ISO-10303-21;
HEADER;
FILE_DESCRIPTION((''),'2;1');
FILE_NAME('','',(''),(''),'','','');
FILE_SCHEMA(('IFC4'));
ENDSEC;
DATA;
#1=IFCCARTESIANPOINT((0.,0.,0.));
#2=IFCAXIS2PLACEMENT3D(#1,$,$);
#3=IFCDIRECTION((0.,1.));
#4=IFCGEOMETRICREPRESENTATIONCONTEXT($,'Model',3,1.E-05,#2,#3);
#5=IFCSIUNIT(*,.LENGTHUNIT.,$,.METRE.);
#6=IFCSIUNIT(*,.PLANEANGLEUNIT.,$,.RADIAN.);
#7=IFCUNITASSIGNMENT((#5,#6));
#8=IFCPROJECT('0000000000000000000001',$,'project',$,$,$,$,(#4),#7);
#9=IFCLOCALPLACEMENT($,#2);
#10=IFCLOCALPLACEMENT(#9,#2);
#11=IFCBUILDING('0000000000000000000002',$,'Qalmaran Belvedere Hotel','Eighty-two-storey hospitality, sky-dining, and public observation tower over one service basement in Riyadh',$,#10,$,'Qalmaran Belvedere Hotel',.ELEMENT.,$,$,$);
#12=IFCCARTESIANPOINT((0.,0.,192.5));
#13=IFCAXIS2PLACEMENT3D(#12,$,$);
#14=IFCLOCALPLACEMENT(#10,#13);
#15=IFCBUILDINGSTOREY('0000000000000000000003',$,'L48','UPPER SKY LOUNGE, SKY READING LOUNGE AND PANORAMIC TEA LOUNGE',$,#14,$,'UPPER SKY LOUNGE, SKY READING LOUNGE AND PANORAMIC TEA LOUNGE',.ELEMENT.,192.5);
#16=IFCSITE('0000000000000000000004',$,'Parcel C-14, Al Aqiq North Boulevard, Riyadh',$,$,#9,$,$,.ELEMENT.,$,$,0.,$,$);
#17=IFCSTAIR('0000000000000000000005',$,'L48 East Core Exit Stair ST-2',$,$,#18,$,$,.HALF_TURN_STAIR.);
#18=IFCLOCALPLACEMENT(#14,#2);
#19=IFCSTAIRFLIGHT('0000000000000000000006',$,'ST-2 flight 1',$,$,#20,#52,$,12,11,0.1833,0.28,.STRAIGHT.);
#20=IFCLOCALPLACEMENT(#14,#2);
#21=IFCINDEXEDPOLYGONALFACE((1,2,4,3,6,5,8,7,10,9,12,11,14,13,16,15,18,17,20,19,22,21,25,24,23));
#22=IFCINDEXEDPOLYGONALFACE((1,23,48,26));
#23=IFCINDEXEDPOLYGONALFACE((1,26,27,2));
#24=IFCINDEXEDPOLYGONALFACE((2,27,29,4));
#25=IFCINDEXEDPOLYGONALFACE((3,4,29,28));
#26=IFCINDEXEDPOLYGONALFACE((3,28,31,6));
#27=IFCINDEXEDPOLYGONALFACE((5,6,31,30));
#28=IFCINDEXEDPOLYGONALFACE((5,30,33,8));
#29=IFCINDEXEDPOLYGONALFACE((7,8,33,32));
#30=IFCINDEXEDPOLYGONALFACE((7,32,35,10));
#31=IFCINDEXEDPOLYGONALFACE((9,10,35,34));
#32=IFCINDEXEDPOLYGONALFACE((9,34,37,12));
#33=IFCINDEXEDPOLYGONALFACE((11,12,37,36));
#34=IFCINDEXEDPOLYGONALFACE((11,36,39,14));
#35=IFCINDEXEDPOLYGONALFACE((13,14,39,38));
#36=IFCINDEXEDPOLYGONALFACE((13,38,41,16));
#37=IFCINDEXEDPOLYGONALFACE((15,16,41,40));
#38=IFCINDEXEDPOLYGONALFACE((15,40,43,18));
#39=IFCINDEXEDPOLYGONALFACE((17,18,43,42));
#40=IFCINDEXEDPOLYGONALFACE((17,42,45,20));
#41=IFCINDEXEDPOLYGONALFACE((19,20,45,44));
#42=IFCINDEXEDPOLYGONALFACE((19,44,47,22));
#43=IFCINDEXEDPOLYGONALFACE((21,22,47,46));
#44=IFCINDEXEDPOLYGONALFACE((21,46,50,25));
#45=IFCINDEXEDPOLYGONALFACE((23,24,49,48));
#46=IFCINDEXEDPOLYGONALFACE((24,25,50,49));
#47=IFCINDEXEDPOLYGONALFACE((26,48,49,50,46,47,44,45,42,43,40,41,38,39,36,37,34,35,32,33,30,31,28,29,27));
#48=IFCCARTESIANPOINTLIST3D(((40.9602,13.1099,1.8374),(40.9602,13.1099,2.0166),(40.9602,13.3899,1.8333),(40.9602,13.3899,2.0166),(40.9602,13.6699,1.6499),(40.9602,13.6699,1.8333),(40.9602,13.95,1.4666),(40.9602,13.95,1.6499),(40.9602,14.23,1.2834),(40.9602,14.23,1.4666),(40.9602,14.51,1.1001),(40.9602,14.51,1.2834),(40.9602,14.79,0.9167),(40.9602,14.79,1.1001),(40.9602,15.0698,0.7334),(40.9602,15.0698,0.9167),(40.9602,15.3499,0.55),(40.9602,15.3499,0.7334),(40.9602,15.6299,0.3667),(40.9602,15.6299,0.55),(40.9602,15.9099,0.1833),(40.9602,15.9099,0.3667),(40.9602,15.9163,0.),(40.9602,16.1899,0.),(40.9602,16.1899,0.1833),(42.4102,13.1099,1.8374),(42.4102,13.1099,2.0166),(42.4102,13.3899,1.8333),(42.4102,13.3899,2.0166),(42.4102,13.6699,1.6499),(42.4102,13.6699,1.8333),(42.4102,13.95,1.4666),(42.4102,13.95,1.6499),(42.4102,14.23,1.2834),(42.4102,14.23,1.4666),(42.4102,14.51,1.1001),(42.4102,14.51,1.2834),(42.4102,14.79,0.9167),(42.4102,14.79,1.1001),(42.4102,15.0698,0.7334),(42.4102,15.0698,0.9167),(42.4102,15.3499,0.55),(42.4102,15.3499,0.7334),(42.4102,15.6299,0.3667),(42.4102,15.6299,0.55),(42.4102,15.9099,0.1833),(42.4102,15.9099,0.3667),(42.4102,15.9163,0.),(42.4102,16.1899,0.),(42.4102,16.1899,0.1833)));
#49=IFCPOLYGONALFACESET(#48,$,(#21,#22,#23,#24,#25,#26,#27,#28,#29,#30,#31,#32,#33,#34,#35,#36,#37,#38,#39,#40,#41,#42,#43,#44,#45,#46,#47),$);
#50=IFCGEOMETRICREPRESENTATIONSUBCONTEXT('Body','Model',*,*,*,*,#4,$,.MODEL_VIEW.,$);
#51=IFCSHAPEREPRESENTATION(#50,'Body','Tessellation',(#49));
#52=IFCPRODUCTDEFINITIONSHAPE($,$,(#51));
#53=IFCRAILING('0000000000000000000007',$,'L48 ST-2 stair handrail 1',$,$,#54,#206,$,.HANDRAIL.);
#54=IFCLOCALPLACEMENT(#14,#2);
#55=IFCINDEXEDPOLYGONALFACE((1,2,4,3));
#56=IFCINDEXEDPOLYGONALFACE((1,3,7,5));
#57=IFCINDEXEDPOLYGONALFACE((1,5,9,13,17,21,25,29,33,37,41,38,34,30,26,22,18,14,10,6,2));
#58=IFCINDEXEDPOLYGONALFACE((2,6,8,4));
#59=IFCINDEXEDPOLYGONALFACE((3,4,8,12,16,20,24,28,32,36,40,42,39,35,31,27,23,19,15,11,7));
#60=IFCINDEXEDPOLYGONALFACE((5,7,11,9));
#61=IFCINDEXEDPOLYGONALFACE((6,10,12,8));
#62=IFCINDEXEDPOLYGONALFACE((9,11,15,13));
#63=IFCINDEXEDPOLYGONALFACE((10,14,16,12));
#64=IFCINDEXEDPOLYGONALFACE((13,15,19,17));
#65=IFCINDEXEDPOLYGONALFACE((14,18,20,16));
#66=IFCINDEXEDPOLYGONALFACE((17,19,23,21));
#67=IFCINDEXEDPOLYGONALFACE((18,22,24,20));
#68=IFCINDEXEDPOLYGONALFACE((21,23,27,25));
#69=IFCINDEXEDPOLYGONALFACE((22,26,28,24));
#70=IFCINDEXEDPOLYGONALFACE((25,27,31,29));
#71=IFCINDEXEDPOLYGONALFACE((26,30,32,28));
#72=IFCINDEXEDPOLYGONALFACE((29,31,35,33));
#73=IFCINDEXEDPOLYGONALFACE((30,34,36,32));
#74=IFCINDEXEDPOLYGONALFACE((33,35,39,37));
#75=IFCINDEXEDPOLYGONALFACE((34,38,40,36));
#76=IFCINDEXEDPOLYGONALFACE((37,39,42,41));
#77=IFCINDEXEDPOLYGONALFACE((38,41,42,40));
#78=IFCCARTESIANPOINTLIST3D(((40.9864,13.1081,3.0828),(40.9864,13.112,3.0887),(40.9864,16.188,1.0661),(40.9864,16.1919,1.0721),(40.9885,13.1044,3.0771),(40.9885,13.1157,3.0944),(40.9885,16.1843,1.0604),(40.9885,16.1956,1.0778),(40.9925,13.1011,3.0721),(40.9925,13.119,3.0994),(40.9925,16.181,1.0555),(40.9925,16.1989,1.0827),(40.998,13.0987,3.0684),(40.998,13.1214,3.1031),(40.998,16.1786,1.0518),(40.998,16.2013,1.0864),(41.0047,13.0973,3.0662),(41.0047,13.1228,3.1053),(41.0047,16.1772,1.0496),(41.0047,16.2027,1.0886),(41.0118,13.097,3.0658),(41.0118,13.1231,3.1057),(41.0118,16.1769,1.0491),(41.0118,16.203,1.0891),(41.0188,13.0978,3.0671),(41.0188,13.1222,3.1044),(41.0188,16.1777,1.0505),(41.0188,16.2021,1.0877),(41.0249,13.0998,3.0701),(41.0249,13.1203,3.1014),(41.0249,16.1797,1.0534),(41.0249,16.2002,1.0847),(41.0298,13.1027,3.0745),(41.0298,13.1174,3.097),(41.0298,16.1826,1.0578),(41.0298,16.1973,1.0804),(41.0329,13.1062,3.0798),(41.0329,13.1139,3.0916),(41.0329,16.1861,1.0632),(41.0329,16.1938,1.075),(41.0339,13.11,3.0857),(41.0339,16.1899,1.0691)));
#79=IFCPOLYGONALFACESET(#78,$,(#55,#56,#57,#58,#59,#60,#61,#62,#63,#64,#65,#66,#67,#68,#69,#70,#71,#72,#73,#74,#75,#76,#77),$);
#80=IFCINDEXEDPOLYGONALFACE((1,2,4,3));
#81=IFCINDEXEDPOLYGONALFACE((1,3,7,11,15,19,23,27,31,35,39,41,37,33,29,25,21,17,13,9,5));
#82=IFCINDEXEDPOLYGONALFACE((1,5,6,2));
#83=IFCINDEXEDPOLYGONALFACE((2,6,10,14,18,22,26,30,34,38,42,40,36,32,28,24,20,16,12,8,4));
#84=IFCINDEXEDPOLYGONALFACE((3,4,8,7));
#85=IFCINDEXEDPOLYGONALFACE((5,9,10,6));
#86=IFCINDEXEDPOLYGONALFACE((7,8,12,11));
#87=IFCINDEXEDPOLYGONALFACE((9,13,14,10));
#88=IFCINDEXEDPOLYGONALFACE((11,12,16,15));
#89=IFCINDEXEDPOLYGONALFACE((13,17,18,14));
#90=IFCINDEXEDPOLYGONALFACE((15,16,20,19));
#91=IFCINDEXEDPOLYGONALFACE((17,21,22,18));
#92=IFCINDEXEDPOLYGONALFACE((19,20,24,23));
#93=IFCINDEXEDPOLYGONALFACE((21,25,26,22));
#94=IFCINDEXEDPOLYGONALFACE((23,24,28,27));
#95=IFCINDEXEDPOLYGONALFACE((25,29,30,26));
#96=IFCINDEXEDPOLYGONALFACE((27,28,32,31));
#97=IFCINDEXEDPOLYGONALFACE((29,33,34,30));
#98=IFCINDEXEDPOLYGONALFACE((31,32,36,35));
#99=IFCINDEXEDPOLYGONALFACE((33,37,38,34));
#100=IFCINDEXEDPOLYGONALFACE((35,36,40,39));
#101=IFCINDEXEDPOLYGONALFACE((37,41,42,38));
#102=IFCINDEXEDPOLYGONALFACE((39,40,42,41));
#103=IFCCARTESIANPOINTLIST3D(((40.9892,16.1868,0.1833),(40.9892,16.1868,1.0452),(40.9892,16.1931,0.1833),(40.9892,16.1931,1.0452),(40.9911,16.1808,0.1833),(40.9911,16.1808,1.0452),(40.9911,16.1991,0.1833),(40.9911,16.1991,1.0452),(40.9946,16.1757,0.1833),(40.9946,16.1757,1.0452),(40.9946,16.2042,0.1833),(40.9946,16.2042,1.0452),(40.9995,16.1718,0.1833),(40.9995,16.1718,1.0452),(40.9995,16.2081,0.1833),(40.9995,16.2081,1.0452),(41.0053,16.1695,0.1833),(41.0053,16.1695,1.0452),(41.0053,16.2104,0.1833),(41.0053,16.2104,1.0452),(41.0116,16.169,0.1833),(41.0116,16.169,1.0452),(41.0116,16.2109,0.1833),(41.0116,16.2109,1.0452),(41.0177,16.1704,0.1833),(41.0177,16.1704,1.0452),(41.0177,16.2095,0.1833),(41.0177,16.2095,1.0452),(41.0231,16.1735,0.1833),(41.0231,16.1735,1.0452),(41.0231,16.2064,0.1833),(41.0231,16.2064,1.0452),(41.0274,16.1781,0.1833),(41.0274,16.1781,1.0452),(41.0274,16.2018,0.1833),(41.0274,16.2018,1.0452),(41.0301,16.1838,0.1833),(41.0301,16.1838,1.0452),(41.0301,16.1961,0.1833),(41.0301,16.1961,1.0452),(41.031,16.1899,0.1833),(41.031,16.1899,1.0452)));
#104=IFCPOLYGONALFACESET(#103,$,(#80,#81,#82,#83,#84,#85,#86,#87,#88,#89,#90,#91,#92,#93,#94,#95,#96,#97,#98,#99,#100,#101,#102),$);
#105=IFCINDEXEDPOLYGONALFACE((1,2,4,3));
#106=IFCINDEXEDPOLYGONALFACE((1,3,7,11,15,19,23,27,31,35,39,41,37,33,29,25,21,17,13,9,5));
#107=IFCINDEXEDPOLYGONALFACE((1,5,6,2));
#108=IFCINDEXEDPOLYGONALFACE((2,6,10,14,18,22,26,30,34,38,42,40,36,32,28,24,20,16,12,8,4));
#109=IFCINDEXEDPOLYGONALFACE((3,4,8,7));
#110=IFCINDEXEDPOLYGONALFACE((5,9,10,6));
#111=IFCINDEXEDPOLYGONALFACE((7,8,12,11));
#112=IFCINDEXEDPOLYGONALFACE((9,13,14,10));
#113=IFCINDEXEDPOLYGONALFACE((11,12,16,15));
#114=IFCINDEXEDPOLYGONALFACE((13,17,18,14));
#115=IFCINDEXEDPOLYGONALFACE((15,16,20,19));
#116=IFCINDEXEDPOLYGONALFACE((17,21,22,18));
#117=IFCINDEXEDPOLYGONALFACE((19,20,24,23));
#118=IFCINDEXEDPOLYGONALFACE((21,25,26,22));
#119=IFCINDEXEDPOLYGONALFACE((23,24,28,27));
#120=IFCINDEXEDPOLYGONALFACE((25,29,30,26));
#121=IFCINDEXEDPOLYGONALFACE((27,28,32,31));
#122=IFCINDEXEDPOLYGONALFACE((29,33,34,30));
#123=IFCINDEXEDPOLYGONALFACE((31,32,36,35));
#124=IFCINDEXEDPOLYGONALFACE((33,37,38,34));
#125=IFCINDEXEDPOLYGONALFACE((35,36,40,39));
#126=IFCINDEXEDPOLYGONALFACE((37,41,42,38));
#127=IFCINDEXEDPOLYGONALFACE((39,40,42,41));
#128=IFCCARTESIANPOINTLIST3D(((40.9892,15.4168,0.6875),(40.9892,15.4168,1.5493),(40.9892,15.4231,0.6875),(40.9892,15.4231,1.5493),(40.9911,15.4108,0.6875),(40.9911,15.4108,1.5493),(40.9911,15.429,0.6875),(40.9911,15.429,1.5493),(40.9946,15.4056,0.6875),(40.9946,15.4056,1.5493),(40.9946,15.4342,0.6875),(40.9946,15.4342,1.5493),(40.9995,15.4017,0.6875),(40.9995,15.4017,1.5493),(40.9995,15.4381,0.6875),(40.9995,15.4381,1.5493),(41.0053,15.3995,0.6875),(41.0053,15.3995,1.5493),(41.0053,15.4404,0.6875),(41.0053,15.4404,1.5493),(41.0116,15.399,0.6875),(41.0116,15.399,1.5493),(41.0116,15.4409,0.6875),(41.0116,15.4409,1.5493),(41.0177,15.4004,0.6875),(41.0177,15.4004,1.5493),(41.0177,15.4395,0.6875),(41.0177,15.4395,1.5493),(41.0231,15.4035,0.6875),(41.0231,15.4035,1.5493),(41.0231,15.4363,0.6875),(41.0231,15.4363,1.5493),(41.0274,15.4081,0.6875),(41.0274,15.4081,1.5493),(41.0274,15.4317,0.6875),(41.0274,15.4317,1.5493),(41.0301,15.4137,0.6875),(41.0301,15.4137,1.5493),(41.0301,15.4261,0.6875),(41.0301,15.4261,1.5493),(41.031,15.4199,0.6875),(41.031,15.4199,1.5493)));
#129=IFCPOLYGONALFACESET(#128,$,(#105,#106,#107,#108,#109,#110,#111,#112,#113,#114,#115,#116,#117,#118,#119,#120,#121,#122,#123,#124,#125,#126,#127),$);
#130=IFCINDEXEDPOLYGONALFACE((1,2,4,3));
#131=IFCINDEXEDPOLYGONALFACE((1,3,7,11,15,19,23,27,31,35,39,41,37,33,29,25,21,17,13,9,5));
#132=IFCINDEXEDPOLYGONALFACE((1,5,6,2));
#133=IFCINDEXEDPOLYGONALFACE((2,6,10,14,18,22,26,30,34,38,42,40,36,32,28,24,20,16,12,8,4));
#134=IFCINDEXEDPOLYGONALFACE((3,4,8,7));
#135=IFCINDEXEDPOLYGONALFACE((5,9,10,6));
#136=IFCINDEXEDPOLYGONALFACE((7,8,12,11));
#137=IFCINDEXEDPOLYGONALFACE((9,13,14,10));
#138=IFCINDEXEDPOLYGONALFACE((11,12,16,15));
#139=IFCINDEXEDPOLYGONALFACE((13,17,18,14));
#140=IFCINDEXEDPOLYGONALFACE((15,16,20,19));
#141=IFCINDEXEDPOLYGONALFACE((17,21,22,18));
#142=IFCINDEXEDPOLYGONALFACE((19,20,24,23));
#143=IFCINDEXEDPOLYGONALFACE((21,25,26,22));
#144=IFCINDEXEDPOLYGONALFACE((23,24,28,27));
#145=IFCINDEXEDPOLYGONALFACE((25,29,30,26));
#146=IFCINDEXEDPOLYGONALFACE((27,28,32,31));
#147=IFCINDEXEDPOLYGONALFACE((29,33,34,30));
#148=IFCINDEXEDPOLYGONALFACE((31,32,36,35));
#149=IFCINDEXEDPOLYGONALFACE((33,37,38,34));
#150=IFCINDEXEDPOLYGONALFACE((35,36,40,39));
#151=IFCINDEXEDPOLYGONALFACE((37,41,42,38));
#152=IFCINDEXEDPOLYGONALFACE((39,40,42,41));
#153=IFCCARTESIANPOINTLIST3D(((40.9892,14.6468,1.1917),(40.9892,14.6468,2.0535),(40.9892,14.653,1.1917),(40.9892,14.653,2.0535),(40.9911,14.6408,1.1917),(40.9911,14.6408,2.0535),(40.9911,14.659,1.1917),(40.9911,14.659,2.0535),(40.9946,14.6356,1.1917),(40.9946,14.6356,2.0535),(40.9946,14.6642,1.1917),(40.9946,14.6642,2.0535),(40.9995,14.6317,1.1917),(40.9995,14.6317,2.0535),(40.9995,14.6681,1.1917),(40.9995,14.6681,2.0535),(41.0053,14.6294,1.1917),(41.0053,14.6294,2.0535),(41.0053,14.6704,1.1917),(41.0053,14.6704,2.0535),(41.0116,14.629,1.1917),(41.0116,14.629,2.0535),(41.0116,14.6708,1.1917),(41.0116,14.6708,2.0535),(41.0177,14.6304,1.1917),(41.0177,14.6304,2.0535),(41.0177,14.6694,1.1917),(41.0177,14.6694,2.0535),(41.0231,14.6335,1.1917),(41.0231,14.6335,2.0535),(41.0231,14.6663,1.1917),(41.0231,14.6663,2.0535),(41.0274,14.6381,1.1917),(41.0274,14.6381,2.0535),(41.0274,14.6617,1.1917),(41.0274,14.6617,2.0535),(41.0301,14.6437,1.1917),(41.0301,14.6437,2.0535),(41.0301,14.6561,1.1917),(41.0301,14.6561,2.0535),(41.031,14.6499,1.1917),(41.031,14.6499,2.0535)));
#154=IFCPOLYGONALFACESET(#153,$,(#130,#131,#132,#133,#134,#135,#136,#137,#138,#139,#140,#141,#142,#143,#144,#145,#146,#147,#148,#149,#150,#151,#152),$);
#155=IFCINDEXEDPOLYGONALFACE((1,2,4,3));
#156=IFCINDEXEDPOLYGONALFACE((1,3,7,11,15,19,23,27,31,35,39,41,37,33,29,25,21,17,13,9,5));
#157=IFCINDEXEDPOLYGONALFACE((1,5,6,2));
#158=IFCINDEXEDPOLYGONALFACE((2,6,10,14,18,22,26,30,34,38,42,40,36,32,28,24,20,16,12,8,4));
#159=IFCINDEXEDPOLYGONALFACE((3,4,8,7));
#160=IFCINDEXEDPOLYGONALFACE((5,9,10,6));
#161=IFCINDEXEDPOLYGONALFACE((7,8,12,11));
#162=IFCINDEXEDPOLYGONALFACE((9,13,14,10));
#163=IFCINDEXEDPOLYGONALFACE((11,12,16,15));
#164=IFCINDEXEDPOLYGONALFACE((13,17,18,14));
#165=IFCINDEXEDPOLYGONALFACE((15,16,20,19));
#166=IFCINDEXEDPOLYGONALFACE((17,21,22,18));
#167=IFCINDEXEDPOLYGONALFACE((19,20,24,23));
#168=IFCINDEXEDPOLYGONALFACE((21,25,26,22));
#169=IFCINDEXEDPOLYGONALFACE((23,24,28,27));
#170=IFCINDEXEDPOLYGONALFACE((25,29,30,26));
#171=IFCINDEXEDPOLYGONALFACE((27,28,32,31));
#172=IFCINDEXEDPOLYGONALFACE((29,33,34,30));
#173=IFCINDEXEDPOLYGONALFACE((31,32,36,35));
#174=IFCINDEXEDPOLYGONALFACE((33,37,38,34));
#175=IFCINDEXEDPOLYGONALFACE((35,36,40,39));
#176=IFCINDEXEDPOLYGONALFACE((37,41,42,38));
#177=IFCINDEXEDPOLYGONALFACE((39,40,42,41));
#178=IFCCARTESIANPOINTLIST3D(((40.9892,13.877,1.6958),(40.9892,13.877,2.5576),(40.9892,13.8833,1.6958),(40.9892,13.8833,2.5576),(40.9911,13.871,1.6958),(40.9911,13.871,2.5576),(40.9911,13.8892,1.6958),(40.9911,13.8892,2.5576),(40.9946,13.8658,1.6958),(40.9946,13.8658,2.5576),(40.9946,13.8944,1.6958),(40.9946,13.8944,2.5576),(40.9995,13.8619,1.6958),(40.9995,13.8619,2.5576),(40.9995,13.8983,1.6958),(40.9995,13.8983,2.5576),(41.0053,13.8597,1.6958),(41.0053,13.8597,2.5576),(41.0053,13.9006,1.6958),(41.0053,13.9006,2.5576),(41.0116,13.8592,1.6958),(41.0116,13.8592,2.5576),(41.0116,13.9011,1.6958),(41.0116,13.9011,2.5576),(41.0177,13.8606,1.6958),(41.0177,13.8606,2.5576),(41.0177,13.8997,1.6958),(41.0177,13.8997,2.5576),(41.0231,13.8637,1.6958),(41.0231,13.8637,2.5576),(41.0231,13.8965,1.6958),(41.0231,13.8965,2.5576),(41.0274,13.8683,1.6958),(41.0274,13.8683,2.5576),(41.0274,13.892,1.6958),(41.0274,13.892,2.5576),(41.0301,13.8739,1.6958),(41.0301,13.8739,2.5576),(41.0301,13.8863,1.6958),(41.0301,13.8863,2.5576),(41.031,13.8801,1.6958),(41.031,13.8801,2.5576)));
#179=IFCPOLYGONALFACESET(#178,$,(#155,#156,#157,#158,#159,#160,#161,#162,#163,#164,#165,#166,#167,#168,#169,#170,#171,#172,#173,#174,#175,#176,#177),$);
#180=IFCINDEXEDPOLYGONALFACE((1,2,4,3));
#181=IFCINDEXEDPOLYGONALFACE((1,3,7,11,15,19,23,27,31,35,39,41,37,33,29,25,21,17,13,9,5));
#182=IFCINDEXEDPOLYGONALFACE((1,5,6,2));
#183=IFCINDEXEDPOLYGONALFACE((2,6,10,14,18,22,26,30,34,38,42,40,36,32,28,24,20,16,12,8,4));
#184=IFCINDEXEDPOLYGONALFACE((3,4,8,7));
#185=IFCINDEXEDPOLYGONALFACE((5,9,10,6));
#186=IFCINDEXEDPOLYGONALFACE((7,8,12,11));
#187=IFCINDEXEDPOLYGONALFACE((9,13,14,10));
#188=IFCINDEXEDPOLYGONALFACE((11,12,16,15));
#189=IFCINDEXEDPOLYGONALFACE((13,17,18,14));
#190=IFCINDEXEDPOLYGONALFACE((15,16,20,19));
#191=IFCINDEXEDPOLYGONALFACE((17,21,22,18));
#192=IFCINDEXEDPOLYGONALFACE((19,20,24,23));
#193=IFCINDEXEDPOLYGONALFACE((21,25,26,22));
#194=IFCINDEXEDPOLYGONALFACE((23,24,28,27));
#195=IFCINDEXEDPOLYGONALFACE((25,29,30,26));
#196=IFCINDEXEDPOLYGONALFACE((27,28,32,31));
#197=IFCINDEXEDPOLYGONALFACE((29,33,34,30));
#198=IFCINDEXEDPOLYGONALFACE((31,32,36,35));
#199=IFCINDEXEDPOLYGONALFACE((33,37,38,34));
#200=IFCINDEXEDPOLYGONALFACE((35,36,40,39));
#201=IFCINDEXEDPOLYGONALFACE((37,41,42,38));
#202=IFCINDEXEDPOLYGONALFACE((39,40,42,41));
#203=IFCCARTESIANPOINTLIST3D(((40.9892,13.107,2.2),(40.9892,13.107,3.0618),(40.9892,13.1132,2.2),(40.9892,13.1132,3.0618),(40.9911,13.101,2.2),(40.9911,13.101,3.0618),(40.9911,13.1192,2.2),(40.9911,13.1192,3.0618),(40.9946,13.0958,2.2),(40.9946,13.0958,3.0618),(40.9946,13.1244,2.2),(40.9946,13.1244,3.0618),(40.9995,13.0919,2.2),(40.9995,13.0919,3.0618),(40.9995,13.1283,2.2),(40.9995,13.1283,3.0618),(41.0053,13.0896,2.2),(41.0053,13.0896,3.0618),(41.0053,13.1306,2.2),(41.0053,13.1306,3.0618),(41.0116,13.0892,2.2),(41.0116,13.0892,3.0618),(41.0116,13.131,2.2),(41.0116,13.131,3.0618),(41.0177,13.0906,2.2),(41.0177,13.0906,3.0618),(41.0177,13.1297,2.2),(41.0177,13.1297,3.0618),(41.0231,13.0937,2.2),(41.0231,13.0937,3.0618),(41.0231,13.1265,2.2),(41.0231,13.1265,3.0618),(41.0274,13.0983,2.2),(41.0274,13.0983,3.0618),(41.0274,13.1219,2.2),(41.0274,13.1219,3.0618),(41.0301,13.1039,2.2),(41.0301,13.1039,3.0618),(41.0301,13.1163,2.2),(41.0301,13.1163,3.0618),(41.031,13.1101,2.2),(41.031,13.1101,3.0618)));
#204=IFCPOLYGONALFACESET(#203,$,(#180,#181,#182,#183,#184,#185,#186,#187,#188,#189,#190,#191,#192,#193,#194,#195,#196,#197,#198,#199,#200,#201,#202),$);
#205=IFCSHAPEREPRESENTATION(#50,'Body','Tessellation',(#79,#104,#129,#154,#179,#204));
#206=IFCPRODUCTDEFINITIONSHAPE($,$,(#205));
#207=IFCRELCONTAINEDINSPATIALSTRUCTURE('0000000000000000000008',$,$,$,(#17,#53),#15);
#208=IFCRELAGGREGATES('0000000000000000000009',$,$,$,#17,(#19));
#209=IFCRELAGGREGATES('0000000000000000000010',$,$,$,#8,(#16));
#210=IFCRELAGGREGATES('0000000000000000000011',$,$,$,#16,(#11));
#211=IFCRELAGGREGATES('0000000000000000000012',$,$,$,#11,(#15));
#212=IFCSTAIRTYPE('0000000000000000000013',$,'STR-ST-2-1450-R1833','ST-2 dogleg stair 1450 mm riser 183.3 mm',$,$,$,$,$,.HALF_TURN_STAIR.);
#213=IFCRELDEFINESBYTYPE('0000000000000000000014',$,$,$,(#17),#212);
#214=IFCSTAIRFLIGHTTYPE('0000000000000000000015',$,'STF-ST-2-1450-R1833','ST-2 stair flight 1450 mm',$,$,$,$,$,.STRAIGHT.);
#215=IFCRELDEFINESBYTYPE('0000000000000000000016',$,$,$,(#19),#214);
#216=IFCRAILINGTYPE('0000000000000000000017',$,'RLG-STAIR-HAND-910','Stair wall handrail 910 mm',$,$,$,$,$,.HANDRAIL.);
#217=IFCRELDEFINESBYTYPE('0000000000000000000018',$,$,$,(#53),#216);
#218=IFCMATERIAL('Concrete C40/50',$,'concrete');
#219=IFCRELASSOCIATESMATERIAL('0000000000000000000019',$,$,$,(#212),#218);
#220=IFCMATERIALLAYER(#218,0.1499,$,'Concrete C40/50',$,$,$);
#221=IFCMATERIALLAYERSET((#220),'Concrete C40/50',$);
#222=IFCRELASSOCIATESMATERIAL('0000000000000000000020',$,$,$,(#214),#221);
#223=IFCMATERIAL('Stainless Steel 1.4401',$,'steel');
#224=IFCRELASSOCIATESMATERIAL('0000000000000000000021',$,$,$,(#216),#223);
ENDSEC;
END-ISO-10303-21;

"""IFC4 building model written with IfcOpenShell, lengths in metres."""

from ifc_helpers import new_model, si_unit, direction, frame, origin, origin_2d, place, context, subcontext, project, spatial, polyline, circle, outline, extrude, material, layer, layer_set, type_object, element, aggregate, save


model = new_model("IFC4")

# Units and contexts
model_context = context("Model", 3, precision=1e-05, world=origin(), true_north=direction((0.0, 1.0)))
body_context = subcontext(model_context, "Body", "Model", "MODEL_VIEW")
ifc_project = project(units=[si_unit("LENGTHUNIT", "METRE"), si_unit("PLANEANGLEUNIT", "RADIAN")], contexts=[model_context])

# Site, building, storey
site_placement = place(None, origin())
site = spatial("IfcSite", under=ifc_project, at=site_placement, Name="Parcel C-14, Al Aqiq North Boulevard, Riyadh", CompositionType="ELEMENT", RefElevation=0.0)
building_placement = place(site_placement, origin())
building = spatial("IfcBuilding", under=site, at=building_placement, Name="Qalmaran Belvedere Hotel", Description="Eighty-two-storey hospitality, sky-dining, and public observation tower over one service basement in Riyadh", LongName="Qalmaran Belvedere Hotel", CompositionType="ELEMENT")
storey_placement = place(building_placement, frame((0.0, 0.0, 192.5)))
storey = spatial("IfcBuildingStorey", under=building, at=storey_placement, Name="L48", Description="UPPER SKY LOUNGE, SKY READING LOUNGE AND PANORAMIC TEA LOUNGE", LongName="UPPER SKY LOUNGE, SKY READING LOUNGE AND PANORAMIC TEA LOUNGE", CompositionType="ELEMENT", Elevation=192.5)

# Shared definitions
ifc_material_1 = material(Name="Stainless Steel 1.4401", Category="steel")

# Stair, stair flight
ifc_material_2 = material(Name="Concrete C40/50", Category="concrete")
stair_type = type_object("IfcStairType", Name="STR-ST-2-1450-R1833", Description="ST-2 dogleg stair 1450 mm riser 183.3 mm", PredefinedType="HALF_TURN_STAIR", material=ifc_material_2)
stair_placement = place(storey_placement, origin())
stair = element("IfcStair", 1, at=stair_placement, inside=storey, type_object=stair_type, Name="L48 East Core Exit Stair ST-2", PredefinedType="HALF_TURN_STAIR")
ifc_layer_1 = layer(ifc_material_2, 0.1499, Name="Concrete C40/50")
ifc_layer_set_1 = layer_set([ifc_layer_1], Name="Concrete C40/50")
stair_flight_type = type_object("IfcStairFlightType", Name="STF-ST-2-1450-R1833", Description="ST-2 stair flight 1450 mm", PredefinedType="STRAIGHT", material=ifc_layer_set_1)
stair_flight_placement = place(storey_placement, frame((41.6851, 16.1899, 0.0), z_axis=(0.0, 0.0, 1.0), x_axis=(0.0, -1.0, 0.0)))
stair_flight = element("IfcStairFlight", 2, at=stair_flight_placement, type_object=stair_flight_type, Name="ST-2 flight 1", NumberOfRisers=12, NumberOfTreads=11, PredefinedType="STRAIGHT", RiserHeight=0.1833, TreadLength=0.28, context=body_context, shape_type="SweptSolid", body=[
    extrude(outline(polyline([(0.0, 0.0), (0.0, 0.1833), (0.28, 0.1833), (0.28, 0.3667), (0.5601, 0.3667), (0.5601, 0.55), (0.8401, 0.55), (0.8401, 0.7334), (1.1201, 0.7334), (1.1201, 0.9167), (1.3999, 0.9167), (1.3999, 1.1001), (1.6799, 1.1001), (1.6799, 1.2834), (1.96, 1.2834), (1.96, 1.4666), (2.24, 1.4666), (2.24, 1.6499), (2.52, 1.6499), (2.52, 1.8333), (2.8, 1.8333), (2.8, 2.0166), (3.0801, 2.0166), (3.0801, 2.2), (3.0801, 1.8374), (0.2737, 0.0), (0.0, 0.0)])), frame((0.0, 0.7251, 0.0), z_axis=(0.0, -1.0, 0.0), x_axis=(1.0, 0.0, 0.0)), (0.0, 0.0, 1.0), 1.45),
])
aggregate(stair, [stair_flight])

# Railing
railing_type = type_object("IfcRailingType", Name="RLG-STAIR-HAND-910", Description="Stair wall handrail 910 mm", PredefinedType="HANDRAIL", material=ifc_material_1)
railing_placement = place(storey_placement, frame((41.01, 16.1899, 0.1833)))
element("IfcRailing", 3, at=railing_placement, inside=storey, type_object=railing_type, Name="L48 ST-2 stair handrail 1", PredefinedType="HANDRAIL", context=body_context, shape_type="SweptSolid", body=[
    extrude(circle(Radius=0.0239, at=origin_2d()), frame((0.0, 0.0, 0.8857), z_axis=(0.0, -0.836613, 0.547794), x_axis=(1.0, 0.0, 0.0)), (0.0, 0.0, 1.0), 3.6814),
    extrude(circle(Radius=0.021, at=origin_2d()), origin(), (0.0, 0.0, 1.0), 0.8618),
    extrude(circle(Radius=0.021, at=origin_2d()), frame((0.0, -0.77, 0.5042)), (0.0, 0.0, 1.0), 0.8618),
    extrude(circle(Radius=0.021, at=origin_2d()), frame((0.0, -1.54, 1.0083)), (0.0, 0.0, 1.0), 0.8618),
    extrude(circle(Radius=0.021, at=origin_2d()), frame((0.0, -2.3098, 1.5125)), (0.0, 0.0, 1.0), 0.8618),
    extrude(circle(Radius=0.021, at=origin_2d()), frame((0.0, -3.0798, 2.0166)), (0.0, 0.0, 1.0), 0.8618),
])

save(model, "model.ifc")
